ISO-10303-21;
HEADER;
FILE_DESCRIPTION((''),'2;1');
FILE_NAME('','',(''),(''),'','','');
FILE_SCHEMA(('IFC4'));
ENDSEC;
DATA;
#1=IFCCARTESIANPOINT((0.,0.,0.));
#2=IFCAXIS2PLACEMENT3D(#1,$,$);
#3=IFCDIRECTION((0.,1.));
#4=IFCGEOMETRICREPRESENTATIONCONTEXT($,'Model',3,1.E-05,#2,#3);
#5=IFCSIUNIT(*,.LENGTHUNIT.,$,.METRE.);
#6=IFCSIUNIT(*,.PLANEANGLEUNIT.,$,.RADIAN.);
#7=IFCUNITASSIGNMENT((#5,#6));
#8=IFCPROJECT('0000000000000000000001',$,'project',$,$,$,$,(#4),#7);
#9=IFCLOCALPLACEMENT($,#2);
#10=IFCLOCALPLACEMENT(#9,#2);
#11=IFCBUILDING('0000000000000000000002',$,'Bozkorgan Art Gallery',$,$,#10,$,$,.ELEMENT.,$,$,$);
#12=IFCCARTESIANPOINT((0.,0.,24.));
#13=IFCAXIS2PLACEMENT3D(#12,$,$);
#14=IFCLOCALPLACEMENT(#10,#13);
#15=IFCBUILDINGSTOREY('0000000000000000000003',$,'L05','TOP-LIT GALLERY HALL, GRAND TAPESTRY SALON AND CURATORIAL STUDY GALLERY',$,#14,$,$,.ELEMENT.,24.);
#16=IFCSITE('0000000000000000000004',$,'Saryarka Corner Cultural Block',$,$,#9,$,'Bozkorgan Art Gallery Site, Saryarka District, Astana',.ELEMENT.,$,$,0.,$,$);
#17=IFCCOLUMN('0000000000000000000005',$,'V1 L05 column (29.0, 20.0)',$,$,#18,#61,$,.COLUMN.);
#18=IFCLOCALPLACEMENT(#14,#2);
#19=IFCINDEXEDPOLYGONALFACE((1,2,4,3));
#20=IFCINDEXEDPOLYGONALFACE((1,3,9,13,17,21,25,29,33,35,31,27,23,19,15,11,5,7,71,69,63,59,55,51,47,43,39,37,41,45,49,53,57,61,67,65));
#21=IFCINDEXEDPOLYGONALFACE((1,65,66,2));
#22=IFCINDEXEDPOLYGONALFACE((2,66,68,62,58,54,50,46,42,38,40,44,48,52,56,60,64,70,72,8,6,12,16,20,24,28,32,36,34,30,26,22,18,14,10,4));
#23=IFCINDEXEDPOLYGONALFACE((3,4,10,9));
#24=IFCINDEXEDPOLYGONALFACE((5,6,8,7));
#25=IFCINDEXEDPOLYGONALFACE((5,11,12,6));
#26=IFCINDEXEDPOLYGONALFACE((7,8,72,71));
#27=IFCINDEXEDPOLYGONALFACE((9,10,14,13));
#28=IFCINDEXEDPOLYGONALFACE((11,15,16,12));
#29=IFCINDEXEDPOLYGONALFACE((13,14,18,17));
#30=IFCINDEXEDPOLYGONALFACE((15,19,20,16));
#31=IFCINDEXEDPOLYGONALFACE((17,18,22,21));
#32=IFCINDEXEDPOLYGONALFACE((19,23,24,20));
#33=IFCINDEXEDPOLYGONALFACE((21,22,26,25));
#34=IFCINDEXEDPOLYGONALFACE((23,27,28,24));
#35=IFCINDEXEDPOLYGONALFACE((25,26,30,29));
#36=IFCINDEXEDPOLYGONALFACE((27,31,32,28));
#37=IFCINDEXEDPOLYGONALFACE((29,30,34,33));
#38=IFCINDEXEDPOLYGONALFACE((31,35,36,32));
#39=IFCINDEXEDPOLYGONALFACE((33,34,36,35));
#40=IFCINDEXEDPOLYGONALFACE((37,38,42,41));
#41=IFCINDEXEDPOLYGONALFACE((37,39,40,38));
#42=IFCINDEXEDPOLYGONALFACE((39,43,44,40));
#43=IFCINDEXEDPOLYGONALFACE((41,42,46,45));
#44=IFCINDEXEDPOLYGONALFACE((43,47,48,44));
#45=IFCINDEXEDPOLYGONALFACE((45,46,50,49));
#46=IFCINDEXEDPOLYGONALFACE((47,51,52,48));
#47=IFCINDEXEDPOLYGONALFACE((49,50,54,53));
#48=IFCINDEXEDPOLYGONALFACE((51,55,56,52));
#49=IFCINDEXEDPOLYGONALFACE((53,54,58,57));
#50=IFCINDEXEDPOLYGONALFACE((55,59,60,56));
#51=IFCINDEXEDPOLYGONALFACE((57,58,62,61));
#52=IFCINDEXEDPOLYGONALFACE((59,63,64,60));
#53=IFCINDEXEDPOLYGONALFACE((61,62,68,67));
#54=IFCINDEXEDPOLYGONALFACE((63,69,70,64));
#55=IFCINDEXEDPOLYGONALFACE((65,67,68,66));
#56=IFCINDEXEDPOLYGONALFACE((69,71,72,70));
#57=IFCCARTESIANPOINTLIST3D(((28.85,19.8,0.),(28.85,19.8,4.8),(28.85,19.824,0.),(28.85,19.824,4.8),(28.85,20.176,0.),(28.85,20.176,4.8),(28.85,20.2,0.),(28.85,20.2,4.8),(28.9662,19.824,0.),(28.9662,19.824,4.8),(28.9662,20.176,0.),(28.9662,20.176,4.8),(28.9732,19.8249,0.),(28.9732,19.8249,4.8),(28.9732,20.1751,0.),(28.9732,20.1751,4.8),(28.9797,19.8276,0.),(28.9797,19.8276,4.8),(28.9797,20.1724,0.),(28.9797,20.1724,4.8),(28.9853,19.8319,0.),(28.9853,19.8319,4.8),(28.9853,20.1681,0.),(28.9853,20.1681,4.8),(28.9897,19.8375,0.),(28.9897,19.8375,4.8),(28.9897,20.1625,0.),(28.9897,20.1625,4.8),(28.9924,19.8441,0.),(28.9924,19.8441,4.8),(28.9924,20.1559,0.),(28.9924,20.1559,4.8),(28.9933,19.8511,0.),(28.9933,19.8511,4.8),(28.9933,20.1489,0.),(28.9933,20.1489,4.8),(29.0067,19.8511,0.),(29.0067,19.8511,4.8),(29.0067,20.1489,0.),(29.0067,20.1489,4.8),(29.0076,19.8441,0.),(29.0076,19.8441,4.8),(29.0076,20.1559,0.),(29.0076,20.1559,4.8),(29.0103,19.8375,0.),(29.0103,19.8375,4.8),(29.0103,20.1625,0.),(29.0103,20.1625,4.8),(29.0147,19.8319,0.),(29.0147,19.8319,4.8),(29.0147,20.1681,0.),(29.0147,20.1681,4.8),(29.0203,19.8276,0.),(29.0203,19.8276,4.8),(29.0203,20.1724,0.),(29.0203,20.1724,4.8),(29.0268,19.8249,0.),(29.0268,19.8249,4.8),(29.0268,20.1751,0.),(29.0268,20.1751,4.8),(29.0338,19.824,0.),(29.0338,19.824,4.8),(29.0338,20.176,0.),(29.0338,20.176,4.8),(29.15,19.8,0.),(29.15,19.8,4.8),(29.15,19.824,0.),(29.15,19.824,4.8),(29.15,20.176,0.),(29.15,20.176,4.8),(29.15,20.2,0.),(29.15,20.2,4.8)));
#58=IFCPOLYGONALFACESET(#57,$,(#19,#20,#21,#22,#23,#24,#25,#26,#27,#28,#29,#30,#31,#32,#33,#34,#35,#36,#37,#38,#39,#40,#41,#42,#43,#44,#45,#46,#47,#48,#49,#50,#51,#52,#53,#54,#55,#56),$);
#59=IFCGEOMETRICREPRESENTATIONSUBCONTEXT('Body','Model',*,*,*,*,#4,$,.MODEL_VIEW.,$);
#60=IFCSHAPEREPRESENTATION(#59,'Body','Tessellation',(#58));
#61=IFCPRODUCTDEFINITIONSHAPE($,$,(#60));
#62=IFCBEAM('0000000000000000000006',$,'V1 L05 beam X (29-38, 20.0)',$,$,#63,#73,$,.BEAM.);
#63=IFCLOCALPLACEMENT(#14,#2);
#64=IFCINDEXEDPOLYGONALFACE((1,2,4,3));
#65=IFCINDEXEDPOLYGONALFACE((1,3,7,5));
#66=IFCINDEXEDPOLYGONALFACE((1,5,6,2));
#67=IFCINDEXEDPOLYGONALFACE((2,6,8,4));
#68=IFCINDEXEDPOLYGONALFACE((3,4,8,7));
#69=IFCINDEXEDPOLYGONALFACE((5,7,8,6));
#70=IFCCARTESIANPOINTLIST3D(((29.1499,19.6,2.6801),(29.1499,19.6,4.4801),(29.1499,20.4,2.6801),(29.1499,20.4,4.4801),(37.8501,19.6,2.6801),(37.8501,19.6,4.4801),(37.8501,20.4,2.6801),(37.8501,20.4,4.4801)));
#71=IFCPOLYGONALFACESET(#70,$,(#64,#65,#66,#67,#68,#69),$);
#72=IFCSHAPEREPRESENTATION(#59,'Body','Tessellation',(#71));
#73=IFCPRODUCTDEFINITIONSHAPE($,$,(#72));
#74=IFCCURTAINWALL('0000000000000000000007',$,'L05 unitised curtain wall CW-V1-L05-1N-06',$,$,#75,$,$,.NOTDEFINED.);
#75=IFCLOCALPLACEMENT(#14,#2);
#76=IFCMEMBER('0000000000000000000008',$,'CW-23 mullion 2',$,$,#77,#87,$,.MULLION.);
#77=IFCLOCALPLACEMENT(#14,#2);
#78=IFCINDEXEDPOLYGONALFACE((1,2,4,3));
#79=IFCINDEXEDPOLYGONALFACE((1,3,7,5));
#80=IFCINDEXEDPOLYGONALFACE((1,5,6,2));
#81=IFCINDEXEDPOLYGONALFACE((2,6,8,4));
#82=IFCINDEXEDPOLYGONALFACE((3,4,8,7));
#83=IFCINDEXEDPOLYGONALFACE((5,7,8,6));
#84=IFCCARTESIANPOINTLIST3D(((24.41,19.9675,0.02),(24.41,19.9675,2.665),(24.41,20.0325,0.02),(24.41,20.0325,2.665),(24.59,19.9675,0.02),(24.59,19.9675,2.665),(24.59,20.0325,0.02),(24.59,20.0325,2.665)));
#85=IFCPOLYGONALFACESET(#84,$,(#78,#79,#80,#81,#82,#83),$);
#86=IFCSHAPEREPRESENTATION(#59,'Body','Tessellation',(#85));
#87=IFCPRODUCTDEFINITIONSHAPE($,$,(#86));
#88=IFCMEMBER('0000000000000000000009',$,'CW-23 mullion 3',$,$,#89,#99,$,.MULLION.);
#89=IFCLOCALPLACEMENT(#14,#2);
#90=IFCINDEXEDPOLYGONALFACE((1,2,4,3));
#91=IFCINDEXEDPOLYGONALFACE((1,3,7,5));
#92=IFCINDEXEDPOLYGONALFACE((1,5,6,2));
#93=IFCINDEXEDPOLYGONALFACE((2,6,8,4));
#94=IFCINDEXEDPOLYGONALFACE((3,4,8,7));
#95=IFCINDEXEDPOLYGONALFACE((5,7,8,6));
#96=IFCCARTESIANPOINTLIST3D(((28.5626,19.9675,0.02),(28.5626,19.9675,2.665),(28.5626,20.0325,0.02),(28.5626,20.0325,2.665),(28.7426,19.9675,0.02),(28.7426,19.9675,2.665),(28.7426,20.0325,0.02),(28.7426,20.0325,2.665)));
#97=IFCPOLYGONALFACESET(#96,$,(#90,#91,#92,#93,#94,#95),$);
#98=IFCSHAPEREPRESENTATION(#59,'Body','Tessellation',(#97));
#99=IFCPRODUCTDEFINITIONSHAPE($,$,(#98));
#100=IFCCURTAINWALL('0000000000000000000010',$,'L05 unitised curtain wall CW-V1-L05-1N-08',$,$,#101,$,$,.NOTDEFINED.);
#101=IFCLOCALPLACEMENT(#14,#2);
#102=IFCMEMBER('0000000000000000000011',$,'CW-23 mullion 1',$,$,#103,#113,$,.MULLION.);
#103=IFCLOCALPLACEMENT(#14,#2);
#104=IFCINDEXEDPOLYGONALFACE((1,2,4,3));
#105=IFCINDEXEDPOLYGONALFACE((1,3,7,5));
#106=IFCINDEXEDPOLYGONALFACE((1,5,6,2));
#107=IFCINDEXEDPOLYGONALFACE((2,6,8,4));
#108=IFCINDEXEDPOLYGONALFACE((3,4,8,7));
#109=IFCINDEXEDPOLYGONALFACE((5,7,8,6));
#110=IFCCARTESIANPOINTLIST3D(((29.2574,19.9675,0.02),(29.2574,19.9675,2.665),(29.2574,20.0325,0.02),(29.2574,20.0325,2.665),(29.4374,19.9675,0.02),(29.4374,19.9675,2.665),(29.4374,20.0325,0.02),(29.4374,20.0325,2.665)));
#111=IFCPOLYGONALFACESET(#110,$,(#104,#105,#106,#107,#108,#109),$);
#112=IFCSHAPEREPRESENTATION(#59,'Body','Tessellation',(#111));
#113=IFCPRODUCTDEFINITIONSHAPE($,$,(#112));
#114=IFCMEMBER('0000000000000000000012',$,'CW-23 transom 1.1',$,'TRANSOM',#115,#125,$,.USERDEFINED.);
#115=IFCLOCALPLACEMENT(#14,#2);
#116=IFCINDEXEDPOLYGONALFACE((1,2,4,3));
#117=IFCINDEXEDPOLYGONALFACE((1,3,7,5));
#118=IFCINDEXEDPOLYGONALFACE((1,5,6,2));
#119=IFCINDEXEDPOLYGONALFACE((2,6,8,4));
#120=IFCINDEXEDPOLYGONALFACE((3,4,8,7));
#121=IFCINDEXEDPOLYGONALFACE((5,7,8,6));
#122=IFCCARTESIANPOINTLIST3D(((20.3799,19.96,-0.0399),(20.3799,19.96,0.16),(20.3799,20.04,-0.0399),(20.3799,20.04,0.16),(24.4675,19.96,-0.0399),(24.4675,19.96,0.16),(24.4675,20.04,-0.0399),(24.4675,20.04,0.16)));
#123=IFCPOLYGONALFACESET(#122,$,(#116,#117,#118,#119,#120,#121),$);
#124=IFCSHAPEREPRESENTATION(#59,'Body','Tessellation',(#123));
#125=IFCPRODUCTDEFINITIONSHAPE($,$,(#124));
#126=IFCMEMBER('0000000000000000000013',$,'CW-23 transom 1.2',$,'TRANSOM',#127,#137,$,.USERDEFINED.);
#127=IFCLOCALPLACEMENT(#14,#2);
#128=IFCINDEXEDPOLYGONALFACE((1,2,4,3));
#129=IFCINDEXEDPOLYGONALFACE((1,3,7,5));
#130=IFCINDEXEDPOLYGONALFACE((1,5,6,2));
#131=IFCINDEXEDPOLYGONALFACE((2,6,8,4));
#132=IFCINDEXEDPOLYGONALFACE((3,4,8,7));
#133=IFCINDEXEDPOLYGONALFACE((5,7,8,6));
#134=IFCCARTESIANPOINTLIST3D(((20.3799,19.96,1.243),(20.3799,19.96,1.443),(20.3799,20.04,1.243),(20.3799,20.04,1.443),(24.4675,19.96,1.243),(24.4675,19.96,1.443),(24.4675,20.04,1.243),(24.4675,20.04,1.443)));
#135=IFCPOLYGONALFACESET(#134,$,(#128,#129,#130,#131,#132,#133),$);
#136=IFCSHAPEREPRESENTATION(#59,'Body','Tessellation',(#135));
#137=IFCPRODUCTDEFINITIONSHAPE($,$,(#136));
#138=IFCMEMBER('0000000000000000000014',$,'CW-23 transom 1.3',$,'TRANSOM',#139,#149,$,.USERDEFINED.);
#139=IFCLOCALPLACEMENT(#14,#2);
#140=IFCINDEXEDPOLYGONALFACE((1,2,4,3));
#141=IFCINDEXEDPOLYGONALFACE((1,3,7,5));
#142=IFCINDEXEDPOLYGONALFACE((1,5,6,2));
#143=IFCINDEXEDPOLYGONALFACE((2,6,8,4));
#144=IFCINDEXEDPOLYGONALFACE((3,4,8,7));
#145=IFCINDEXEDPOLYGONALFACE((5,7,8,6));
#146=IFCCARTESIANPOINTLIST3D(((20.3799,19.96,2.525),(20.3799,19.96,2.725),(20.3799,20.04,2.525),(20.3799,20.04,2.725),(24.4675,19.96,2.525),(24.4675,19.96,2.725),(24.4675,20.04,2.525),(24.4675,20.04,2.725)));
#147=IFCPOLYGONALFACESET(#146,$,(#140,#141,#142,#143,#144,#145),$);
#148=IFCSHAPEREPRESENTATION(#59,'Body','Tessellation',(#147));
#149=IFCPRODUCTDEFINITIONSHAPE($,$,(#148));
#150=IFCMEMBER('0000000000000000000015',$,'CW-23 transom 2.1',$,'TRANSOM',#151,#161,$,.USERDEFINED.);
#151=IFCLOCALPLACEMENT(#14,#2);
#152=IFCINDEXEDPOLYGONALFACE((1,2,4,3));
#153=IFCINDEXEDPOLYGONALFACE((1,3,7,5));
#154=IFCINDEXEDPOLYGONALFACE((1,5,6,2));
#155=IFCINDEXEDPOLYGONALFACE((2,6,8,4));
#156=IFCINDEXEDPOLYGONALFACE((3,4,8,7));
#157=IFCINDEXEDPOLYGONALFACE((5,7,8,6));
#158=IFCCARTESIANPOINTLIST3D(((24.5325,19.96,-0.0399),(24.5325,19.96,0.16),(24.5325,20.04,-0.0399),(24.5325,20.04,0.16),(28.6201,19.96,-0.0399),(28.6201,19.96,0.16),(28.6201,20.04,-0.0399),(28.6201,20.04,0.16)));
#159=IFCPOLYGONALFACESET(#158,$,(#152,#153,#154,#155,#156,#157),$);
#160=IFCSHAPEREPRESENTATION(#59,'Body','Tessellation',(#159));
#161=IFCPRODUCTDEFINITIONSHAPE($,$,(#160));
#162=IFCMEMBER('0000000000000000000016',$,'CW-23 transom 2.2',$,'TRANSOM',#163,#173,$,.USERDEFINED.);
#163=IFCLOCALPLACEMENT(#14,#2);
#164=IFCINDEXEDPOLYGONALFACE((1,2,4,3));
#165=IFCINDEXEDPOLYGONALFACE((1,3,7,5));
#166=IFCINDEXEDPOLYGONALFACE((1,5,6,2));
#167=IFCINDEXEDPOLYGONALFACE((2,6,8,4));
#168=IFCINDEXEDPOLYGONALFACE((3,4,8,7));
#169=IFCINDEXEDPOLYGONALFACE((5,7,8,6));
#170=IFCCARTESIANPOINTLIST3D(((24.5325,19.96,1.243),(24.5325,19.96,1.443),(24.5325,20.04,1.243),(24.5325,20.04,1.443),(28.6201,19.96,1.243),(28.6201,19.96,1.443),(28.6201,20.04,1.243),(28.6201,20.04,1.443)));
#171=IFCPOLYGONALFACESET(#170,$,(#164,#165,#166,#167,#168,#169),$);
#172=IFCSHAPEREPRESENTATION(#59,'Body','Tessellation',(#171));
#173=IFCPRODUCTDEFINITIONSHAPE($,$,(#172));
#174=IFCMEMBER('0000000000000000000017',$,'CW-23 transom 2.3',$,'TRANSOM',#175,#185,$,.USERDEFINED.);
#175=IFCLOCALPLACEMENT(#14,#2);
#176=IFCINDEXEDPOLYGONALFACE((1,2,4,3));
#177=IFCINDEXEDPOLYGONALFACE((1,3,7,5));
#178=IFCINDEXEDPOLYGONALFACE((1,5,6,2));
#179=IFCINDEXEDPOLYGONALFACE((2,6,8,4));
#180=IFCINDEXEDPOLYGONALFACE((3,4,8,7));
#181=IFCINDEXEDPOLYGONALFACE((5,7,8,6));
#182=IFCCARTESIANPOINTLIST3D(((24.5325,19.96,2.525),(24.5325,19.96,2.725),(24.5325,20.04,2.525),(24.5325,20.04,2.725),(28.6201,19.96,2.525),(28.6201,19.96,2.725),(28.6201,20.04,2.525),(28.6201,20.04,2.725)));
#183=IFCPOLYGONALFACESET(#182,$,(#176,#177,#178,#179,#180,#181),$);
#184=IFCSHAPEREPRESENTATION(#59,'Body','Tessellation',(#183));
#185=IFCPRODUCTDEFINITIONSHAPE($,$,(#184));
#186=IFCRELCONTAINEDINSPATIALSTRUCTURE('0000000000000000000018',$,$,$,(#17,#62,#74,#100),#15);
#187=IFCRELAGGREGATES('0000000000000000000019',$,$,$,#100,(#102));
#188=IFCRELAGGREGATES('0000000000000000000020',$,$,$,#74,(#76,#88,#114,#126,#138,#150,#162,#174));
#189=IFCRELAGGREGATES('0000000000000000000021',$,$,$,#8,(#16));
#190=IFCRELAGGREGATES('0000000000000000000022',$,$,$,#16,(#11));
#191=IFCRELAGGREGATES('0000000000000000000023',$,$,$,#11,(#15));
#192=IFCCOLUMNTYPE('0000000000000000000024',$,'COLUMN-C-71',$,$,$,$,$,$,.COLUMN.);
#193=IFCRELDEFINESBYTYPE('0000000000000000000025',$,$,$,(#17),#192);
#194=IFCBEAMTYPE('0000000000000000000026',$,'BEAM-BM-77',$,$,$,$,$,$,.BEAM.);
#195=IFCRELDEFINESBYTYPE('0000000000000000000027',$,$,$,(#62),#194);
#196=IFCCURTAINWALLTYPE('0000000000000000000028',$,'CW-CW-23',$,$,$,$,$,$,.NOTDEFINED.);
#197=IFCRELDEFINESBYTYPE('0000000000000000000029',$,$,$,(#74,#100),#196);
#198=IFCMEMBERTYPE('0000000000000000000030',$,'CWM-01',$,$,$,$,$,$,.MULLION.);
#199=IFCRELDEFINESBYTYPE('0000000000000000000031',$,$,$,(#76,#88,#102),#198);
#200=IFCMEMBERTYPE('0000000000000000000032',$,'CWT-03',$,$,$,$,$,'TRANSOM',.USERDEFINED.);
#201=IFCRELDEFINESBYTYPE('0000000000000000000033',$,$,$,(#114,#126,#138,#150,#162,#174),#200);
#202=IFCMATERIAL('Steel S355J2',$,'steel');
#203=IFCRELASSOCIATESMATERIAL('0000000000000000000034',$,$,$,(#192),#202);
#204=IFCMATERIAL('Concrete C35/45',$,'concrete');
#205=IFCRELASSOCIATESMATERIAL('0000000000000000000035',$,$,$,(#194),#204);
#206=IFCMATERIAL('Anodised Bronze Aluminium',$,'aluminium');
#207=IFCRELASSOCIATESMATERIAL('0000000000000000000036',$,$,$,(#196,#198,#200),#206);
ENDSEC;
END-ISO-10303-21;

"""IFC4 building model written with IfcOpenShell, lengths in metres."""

from ifc_helpers import new_model, si_unit, direction, frame, origin, origin_2d, place, context, subcontext, project, spatial, rectangle, i_section, extrude, material, material_profile, profile_set, type_object, element, aggregate, save


model = new_model("IFC4")

# Units and contexts
model_context = context("Model", 3, precision=1e-05, world=origin(), true_north=direction((0.0, 1.0)))
body_context = subcontext(model_context, "Body", "Model", "MODEL_VIEW")
ifc_project = project(units=[si_unit("LENGTHUNIT", "METRE"), si_unit("PLANEANGLEUNIT", "RADIAN")], contexts=[model_context])

# Site, building, storey
site_placement = place(None, origin())
site = spatial("IfcSite", under=ifc_project, at=site_placement, Name="Saryarka Corner Cultural Block", LongName="Bozkorgan Art Gallery Site, Saryarka District, Astana", CompositionType="ELEMENT", RefElevation=0.0)
building_placement = place(site_placement, origin())
building = spatial("IfcBuilding", under=site, at=building_placement, Name="Bozkorgan Art Gallery", CompositionType="ELEMENT")
storey_placement = place(building_placement, frame((0.0, 0.0, 24.0)))
storey = spatial("IfcBuildingStorey", under=building, at=storey_placement, Name="L05", Description="TOP-LIT GALLERY HALL, GRAND TAPESTRY SALON AND CURATORIAL STUDY GALLERY", CompositionType="ELEMENT", Elevation=24.0)

# Column
ifc_material_1 = material(Name="Steel S355J2", Category="steel")
ifc_material_profile_1 = material_profile(ifc_material_1, i_section(OverallWidth=0.3, OverallDepth=0.3999, WebThickness=0.0134, FlangeThickness=0.0239, FilletRadius=0.0271, at=origin_2d()), Name="HEB 400")
ifc_profile_set_1 = profile_set([ifc_material_profile_1], Name="Steel S355J2")
column_type = type_object("IfcColumnType", Name="COLUMN-C-71", PredefinedType="COLUMN", material=ifc_profile_set_1)
column_placement = place(storey_placement, frame((29.0, 20.0, 0.0), z_axis=(0.0, 0.0, 1.0), x_axis=(1.0, 0.0, 0.0)))
element("IfcColumn", 1, at=column_placement, inside=storey, type_object=column_type, Name="V1 L05 column (29.0, 20.0)", PredefinedType="COLUMN", context=body_context, shape_type="SweptSolid", body=[
    extrude(i_section(OverallWidth=0.3, OverallDepth=0.3999, WebThickness=0.0134, FlangeThickness=0.0239, FilletRadius=0.0271, at=origin_2d()), origin(), (0.0, 0.0, 1.0), 4.8),
])

# Beam
ifc_material_2 = material(Name="Concrete C35/45", Category="concrete")
ifc_material_profile_2 = material_profile(ifc_material_2, rectangle(XDim=0.8, YDim=1.8, at=origin_2d()), Name="RC 800x1800")
ifc_profile_set_2 = profile_set([ifc_material_profile_2], Name="Concrete C35/45")
beam_type = type_object("IfcBeamType", Name="BEAM-BM-77", PredefinedType="BEAM", material=ifc_profile_set_2)
beam_placement = place(storey_placement, frame((29.1499, 20.0, 3.5801), z_axis=(1.0, 0.0, 0.0), x_axis=(0.0, 1.0, 0.0)))
element("IfcBeam", 2, at=beam_placement, inside=storey, type_object=beam_type, Name="V1 L05 beam X (29-38, 20.0)", PredefinedType="BEAM", context=body_context, shape_type="SweptSolid", body=[
    extrude(rectangle(XDim=0.8, YDim=1.8, at=origin_2d()), origin(), (0.0, 0.0, 1.0), 8.7002),
])

# Curtain wall, members
ifc_material_3 = material(Name="Anodised Bronze Aluminium", Category="aluminium")
curtain_wall_type = type_object("IfcCurtainWallType", Name="CW-CW-23", PredefinedType="NOTDEFINED", material=ifc_material_3)
curtain_wall_1_placement = place(storey_placement, origin())
curtain_wall_1 = element("IfcCurtainWall", 3, at=curtain_wall_1_placement, inside=storey, type_object=curtain_wall_type, Name="L05 unitised curtain wall CW-V1-L05-1N-06", PredefinedType="NOTDEFINED")
ifc_material_profile_3 = material_profile(ifc_material_3, rectangle(XDim=0.0649, YDim=0.1799, at=origin_2d()), Name="ALU MULLION 65x180")
ifc_profile_set_3 = profile_set([ifc_material_profile_3], Name="Anodised Bronze Aluminium")
member_type_1 = type_object("IfcMemberType", Name="CWM-01", PredefinedType="MULLION", material=ifc_profile_set_3)
member_1_placement = place(storey_placement, frame((24.5, 20.0, 0.02), z_axis=(0.0, 0.0, 1.0), x_axis=(0.0, 1.0, 0.0)))
member_1 = element("IfcMember", 4, at=member_1_placement, type_object=member_type_1, Name="CW-23 mullion 2", PredefinedType="MULLION", context=body_context, shape_type="SweptSolid", body=[
    extrude(rectangle(XDim=0.0649, YDim=0.1799, at=origin_2d()), origin(), (0.0, 0.0, 1.0), 2.645),
])
member_2_placement = place(storey_placement, frame((28.6526, 20.0, 0.02), z_axis=(0.0, 0.0, 1.0), x_axis=(0.0, 1.0, 0.0)))
member_2 = element("IfcMember", 5, at=member_2_placement, type_object=member_type_1, Name="CW-23 mullion 3", PredefinedType="MULLION", context=body_context, shape_type="SweptSolid", body=[
    extrude(rectangle(XDim=0.0649, YDim=0.1799, at=origin_2d()), origin(), (0.0, 0.0, 1.0), 2.645),
])

# Curtain wall, member
curtain_wall_2_placement = place(storey_placement, origin())
curtain_wall_2 = element("IfcCurtainWall", 6, at=curtain_wall_2_placement, inside=storey, type_object=curtain_wall_type, Name="L05 unitised curtain wall CW-V1-L05-1N-08", PredefinedType="NOTDEFINED")
member_3_placement = place(storey_placement, frame((29.3474, 20.0, 0.02), z_axis=(0.0, 0.0, 1.0), x_axis=(0.0, 1.0, 0.0)))
member_3 = element("IfcMember", 7, at=member_3_placement, type_object=member_type_1, Name="CW-23 mullion 1", PredefinedType="MULLION", context=body_context, shape_type="SweptSolid", body=[
    extrude(rectangle(XDim=0.0649, YDim=0.1799, at=origin_2d()), origin(), (0.0, 0.0, 1.0), 2.645),
])

# Members
ifc_material_profile_4 = material_profile(ifc_material_3, rectangle(XDim=0.0801, YDim=0.2, at=origin_2d()), Name="ALU TRANSOM 80x200")
ifc_profile_set_4 = profile_set([ifc_material_profile_4], Name="Anodised Bronze Aluminium")
member_type_2 = type_object("IfcMemberType", Name="CWT-03", ElementType="TRANSOM", PredefinedType="USERDEFINED", material=ifc_profile_set_4)
member_4_placement = place(storey_placement, frame((20.3799, 20.0, 0.0601), z_axis=(1.0, 0.0, 0.0), x_axis=(0.0, 1.0, 0.0)))
member_4 = element("IfcMember", 8, at=member_4_placement, type_object=member_type_2, Name="CW-23 transom 1.1", ObjectType="TRANSOM", PredefinedType="USERDEFINED", context=body_context, shape_type="SweptSolid", body=[
    extrude(rectangle(XDim=0.0801, YDim=0.2, at=origin_2d()), origin(), (0.0, 0.0, 1.0), 4.0876),
])
member_5_placement = place(storey_placement, frame((20.3799, 20.0, 1.343), z_axis=(1.0, 0.0, 0.0), x_axis=(0.0, 1.0, 0.0)))
member_5 = element("IfcMember", 9, at=member_5_placement, type_object=member_type_2, Name="CW-23 transom 1.2", ObjectType="TRANSOM", PredefinedType="USERDEFINED", context=body_context, shape_type="SweptSolid", body=[
    extrude(rectangle(XDim=0.0801, YDim=0.2, at=origin_2d()), origin(), (0.0, 0.0, 1.0), 4.0876),
])
member_6_placement = place(storey_placement, frame((20.3799, 20.0, 2.625), z_axis=(1.0, 0.0, 0.0), x_axis=(0.0, 1.0, 0.0)))
member_6 = element("IfcMember", 10, at=member_6_placement, type_object=member_type_2, Name="CW-23 transom 1.3", ObjectType="TRANSOM", PredefinedType="USERDEFINED", context=body_context, shape_type="SweptSolid", body=[
    extrude(rectangle(XDim=0.0801, YDim=0.2, at=origin_2d()), origin(), (0.0, 0.0, 1.0), 4.0876),
])
member_7_placement = place(storey_placement, frame((24.5325, 20.0, 0.0601), z_axis=(1.0, 0.0, 0.0), x_axis=(0.0, 1.0, 0.0)))
member_7 = element("IfcMember", 11, at=member_7_placement, type_object=member_type_2, Name="CW-23 transom 2.1", ObjectType="TRANSOM", PredefinedType="USERDEFINED", context=body_context, shape_type="SweptSolid", body=[
    extrude(rectangle(XDim=0.0801, YDim=0.2, at=origin_2d()), origin(), (0.0, 0.0, 1.0), 4.0876),
])
member_8_placement = place(storey_placement, frame((24.5325, 20.0, 1.343), z_axis=(1.0, 0.0, 0.0), x_axis=(0.0, 1.0, 0.0)))
member_8 = element("IfcMember", 12, at=member_8_placement, type_object=member_type_2, Name="CW-23 transom 2.2", ObjectType="TRANSOM", PredefinedType="USERDEFINED", context=body_context, shape_type="SweptSolid", body=[
    extrude(rectangle(XDim=0.0801, YDim=0.2, at=origin_2d()), origin(), (0.0, 0.0, 1.0), 4.0876),
])
member_9_placement = place(storey_placement, frame((24.5325, 20.0, 2.625), z_axis=(1.0, 0.0, 0.0), x_axis=(0.0, 1.0, 0.0)))
member_9 = element("IfcMember", 13, at=member_9_placement, type_object=member_type_2, Name="CW-23 transom 2.3", ObjectType="TRANSOM", PredefinedType="USERDEFINED", context=body_context, shape_type="SweptSolid", body=[
    extrude(rectangle(XDim=0.0801, YDim=0.2, at=origin_2d()), origin(), (0.0, 0.0, 1.0), 4.0876),
])
aggregate(curtain_wall_2, [member_3])

aggregate(curtain_wall_1, [member_1, member_2, member_4, member_5, member_6, member_7, member_8, member_9])

save(model, "model.ifc")
